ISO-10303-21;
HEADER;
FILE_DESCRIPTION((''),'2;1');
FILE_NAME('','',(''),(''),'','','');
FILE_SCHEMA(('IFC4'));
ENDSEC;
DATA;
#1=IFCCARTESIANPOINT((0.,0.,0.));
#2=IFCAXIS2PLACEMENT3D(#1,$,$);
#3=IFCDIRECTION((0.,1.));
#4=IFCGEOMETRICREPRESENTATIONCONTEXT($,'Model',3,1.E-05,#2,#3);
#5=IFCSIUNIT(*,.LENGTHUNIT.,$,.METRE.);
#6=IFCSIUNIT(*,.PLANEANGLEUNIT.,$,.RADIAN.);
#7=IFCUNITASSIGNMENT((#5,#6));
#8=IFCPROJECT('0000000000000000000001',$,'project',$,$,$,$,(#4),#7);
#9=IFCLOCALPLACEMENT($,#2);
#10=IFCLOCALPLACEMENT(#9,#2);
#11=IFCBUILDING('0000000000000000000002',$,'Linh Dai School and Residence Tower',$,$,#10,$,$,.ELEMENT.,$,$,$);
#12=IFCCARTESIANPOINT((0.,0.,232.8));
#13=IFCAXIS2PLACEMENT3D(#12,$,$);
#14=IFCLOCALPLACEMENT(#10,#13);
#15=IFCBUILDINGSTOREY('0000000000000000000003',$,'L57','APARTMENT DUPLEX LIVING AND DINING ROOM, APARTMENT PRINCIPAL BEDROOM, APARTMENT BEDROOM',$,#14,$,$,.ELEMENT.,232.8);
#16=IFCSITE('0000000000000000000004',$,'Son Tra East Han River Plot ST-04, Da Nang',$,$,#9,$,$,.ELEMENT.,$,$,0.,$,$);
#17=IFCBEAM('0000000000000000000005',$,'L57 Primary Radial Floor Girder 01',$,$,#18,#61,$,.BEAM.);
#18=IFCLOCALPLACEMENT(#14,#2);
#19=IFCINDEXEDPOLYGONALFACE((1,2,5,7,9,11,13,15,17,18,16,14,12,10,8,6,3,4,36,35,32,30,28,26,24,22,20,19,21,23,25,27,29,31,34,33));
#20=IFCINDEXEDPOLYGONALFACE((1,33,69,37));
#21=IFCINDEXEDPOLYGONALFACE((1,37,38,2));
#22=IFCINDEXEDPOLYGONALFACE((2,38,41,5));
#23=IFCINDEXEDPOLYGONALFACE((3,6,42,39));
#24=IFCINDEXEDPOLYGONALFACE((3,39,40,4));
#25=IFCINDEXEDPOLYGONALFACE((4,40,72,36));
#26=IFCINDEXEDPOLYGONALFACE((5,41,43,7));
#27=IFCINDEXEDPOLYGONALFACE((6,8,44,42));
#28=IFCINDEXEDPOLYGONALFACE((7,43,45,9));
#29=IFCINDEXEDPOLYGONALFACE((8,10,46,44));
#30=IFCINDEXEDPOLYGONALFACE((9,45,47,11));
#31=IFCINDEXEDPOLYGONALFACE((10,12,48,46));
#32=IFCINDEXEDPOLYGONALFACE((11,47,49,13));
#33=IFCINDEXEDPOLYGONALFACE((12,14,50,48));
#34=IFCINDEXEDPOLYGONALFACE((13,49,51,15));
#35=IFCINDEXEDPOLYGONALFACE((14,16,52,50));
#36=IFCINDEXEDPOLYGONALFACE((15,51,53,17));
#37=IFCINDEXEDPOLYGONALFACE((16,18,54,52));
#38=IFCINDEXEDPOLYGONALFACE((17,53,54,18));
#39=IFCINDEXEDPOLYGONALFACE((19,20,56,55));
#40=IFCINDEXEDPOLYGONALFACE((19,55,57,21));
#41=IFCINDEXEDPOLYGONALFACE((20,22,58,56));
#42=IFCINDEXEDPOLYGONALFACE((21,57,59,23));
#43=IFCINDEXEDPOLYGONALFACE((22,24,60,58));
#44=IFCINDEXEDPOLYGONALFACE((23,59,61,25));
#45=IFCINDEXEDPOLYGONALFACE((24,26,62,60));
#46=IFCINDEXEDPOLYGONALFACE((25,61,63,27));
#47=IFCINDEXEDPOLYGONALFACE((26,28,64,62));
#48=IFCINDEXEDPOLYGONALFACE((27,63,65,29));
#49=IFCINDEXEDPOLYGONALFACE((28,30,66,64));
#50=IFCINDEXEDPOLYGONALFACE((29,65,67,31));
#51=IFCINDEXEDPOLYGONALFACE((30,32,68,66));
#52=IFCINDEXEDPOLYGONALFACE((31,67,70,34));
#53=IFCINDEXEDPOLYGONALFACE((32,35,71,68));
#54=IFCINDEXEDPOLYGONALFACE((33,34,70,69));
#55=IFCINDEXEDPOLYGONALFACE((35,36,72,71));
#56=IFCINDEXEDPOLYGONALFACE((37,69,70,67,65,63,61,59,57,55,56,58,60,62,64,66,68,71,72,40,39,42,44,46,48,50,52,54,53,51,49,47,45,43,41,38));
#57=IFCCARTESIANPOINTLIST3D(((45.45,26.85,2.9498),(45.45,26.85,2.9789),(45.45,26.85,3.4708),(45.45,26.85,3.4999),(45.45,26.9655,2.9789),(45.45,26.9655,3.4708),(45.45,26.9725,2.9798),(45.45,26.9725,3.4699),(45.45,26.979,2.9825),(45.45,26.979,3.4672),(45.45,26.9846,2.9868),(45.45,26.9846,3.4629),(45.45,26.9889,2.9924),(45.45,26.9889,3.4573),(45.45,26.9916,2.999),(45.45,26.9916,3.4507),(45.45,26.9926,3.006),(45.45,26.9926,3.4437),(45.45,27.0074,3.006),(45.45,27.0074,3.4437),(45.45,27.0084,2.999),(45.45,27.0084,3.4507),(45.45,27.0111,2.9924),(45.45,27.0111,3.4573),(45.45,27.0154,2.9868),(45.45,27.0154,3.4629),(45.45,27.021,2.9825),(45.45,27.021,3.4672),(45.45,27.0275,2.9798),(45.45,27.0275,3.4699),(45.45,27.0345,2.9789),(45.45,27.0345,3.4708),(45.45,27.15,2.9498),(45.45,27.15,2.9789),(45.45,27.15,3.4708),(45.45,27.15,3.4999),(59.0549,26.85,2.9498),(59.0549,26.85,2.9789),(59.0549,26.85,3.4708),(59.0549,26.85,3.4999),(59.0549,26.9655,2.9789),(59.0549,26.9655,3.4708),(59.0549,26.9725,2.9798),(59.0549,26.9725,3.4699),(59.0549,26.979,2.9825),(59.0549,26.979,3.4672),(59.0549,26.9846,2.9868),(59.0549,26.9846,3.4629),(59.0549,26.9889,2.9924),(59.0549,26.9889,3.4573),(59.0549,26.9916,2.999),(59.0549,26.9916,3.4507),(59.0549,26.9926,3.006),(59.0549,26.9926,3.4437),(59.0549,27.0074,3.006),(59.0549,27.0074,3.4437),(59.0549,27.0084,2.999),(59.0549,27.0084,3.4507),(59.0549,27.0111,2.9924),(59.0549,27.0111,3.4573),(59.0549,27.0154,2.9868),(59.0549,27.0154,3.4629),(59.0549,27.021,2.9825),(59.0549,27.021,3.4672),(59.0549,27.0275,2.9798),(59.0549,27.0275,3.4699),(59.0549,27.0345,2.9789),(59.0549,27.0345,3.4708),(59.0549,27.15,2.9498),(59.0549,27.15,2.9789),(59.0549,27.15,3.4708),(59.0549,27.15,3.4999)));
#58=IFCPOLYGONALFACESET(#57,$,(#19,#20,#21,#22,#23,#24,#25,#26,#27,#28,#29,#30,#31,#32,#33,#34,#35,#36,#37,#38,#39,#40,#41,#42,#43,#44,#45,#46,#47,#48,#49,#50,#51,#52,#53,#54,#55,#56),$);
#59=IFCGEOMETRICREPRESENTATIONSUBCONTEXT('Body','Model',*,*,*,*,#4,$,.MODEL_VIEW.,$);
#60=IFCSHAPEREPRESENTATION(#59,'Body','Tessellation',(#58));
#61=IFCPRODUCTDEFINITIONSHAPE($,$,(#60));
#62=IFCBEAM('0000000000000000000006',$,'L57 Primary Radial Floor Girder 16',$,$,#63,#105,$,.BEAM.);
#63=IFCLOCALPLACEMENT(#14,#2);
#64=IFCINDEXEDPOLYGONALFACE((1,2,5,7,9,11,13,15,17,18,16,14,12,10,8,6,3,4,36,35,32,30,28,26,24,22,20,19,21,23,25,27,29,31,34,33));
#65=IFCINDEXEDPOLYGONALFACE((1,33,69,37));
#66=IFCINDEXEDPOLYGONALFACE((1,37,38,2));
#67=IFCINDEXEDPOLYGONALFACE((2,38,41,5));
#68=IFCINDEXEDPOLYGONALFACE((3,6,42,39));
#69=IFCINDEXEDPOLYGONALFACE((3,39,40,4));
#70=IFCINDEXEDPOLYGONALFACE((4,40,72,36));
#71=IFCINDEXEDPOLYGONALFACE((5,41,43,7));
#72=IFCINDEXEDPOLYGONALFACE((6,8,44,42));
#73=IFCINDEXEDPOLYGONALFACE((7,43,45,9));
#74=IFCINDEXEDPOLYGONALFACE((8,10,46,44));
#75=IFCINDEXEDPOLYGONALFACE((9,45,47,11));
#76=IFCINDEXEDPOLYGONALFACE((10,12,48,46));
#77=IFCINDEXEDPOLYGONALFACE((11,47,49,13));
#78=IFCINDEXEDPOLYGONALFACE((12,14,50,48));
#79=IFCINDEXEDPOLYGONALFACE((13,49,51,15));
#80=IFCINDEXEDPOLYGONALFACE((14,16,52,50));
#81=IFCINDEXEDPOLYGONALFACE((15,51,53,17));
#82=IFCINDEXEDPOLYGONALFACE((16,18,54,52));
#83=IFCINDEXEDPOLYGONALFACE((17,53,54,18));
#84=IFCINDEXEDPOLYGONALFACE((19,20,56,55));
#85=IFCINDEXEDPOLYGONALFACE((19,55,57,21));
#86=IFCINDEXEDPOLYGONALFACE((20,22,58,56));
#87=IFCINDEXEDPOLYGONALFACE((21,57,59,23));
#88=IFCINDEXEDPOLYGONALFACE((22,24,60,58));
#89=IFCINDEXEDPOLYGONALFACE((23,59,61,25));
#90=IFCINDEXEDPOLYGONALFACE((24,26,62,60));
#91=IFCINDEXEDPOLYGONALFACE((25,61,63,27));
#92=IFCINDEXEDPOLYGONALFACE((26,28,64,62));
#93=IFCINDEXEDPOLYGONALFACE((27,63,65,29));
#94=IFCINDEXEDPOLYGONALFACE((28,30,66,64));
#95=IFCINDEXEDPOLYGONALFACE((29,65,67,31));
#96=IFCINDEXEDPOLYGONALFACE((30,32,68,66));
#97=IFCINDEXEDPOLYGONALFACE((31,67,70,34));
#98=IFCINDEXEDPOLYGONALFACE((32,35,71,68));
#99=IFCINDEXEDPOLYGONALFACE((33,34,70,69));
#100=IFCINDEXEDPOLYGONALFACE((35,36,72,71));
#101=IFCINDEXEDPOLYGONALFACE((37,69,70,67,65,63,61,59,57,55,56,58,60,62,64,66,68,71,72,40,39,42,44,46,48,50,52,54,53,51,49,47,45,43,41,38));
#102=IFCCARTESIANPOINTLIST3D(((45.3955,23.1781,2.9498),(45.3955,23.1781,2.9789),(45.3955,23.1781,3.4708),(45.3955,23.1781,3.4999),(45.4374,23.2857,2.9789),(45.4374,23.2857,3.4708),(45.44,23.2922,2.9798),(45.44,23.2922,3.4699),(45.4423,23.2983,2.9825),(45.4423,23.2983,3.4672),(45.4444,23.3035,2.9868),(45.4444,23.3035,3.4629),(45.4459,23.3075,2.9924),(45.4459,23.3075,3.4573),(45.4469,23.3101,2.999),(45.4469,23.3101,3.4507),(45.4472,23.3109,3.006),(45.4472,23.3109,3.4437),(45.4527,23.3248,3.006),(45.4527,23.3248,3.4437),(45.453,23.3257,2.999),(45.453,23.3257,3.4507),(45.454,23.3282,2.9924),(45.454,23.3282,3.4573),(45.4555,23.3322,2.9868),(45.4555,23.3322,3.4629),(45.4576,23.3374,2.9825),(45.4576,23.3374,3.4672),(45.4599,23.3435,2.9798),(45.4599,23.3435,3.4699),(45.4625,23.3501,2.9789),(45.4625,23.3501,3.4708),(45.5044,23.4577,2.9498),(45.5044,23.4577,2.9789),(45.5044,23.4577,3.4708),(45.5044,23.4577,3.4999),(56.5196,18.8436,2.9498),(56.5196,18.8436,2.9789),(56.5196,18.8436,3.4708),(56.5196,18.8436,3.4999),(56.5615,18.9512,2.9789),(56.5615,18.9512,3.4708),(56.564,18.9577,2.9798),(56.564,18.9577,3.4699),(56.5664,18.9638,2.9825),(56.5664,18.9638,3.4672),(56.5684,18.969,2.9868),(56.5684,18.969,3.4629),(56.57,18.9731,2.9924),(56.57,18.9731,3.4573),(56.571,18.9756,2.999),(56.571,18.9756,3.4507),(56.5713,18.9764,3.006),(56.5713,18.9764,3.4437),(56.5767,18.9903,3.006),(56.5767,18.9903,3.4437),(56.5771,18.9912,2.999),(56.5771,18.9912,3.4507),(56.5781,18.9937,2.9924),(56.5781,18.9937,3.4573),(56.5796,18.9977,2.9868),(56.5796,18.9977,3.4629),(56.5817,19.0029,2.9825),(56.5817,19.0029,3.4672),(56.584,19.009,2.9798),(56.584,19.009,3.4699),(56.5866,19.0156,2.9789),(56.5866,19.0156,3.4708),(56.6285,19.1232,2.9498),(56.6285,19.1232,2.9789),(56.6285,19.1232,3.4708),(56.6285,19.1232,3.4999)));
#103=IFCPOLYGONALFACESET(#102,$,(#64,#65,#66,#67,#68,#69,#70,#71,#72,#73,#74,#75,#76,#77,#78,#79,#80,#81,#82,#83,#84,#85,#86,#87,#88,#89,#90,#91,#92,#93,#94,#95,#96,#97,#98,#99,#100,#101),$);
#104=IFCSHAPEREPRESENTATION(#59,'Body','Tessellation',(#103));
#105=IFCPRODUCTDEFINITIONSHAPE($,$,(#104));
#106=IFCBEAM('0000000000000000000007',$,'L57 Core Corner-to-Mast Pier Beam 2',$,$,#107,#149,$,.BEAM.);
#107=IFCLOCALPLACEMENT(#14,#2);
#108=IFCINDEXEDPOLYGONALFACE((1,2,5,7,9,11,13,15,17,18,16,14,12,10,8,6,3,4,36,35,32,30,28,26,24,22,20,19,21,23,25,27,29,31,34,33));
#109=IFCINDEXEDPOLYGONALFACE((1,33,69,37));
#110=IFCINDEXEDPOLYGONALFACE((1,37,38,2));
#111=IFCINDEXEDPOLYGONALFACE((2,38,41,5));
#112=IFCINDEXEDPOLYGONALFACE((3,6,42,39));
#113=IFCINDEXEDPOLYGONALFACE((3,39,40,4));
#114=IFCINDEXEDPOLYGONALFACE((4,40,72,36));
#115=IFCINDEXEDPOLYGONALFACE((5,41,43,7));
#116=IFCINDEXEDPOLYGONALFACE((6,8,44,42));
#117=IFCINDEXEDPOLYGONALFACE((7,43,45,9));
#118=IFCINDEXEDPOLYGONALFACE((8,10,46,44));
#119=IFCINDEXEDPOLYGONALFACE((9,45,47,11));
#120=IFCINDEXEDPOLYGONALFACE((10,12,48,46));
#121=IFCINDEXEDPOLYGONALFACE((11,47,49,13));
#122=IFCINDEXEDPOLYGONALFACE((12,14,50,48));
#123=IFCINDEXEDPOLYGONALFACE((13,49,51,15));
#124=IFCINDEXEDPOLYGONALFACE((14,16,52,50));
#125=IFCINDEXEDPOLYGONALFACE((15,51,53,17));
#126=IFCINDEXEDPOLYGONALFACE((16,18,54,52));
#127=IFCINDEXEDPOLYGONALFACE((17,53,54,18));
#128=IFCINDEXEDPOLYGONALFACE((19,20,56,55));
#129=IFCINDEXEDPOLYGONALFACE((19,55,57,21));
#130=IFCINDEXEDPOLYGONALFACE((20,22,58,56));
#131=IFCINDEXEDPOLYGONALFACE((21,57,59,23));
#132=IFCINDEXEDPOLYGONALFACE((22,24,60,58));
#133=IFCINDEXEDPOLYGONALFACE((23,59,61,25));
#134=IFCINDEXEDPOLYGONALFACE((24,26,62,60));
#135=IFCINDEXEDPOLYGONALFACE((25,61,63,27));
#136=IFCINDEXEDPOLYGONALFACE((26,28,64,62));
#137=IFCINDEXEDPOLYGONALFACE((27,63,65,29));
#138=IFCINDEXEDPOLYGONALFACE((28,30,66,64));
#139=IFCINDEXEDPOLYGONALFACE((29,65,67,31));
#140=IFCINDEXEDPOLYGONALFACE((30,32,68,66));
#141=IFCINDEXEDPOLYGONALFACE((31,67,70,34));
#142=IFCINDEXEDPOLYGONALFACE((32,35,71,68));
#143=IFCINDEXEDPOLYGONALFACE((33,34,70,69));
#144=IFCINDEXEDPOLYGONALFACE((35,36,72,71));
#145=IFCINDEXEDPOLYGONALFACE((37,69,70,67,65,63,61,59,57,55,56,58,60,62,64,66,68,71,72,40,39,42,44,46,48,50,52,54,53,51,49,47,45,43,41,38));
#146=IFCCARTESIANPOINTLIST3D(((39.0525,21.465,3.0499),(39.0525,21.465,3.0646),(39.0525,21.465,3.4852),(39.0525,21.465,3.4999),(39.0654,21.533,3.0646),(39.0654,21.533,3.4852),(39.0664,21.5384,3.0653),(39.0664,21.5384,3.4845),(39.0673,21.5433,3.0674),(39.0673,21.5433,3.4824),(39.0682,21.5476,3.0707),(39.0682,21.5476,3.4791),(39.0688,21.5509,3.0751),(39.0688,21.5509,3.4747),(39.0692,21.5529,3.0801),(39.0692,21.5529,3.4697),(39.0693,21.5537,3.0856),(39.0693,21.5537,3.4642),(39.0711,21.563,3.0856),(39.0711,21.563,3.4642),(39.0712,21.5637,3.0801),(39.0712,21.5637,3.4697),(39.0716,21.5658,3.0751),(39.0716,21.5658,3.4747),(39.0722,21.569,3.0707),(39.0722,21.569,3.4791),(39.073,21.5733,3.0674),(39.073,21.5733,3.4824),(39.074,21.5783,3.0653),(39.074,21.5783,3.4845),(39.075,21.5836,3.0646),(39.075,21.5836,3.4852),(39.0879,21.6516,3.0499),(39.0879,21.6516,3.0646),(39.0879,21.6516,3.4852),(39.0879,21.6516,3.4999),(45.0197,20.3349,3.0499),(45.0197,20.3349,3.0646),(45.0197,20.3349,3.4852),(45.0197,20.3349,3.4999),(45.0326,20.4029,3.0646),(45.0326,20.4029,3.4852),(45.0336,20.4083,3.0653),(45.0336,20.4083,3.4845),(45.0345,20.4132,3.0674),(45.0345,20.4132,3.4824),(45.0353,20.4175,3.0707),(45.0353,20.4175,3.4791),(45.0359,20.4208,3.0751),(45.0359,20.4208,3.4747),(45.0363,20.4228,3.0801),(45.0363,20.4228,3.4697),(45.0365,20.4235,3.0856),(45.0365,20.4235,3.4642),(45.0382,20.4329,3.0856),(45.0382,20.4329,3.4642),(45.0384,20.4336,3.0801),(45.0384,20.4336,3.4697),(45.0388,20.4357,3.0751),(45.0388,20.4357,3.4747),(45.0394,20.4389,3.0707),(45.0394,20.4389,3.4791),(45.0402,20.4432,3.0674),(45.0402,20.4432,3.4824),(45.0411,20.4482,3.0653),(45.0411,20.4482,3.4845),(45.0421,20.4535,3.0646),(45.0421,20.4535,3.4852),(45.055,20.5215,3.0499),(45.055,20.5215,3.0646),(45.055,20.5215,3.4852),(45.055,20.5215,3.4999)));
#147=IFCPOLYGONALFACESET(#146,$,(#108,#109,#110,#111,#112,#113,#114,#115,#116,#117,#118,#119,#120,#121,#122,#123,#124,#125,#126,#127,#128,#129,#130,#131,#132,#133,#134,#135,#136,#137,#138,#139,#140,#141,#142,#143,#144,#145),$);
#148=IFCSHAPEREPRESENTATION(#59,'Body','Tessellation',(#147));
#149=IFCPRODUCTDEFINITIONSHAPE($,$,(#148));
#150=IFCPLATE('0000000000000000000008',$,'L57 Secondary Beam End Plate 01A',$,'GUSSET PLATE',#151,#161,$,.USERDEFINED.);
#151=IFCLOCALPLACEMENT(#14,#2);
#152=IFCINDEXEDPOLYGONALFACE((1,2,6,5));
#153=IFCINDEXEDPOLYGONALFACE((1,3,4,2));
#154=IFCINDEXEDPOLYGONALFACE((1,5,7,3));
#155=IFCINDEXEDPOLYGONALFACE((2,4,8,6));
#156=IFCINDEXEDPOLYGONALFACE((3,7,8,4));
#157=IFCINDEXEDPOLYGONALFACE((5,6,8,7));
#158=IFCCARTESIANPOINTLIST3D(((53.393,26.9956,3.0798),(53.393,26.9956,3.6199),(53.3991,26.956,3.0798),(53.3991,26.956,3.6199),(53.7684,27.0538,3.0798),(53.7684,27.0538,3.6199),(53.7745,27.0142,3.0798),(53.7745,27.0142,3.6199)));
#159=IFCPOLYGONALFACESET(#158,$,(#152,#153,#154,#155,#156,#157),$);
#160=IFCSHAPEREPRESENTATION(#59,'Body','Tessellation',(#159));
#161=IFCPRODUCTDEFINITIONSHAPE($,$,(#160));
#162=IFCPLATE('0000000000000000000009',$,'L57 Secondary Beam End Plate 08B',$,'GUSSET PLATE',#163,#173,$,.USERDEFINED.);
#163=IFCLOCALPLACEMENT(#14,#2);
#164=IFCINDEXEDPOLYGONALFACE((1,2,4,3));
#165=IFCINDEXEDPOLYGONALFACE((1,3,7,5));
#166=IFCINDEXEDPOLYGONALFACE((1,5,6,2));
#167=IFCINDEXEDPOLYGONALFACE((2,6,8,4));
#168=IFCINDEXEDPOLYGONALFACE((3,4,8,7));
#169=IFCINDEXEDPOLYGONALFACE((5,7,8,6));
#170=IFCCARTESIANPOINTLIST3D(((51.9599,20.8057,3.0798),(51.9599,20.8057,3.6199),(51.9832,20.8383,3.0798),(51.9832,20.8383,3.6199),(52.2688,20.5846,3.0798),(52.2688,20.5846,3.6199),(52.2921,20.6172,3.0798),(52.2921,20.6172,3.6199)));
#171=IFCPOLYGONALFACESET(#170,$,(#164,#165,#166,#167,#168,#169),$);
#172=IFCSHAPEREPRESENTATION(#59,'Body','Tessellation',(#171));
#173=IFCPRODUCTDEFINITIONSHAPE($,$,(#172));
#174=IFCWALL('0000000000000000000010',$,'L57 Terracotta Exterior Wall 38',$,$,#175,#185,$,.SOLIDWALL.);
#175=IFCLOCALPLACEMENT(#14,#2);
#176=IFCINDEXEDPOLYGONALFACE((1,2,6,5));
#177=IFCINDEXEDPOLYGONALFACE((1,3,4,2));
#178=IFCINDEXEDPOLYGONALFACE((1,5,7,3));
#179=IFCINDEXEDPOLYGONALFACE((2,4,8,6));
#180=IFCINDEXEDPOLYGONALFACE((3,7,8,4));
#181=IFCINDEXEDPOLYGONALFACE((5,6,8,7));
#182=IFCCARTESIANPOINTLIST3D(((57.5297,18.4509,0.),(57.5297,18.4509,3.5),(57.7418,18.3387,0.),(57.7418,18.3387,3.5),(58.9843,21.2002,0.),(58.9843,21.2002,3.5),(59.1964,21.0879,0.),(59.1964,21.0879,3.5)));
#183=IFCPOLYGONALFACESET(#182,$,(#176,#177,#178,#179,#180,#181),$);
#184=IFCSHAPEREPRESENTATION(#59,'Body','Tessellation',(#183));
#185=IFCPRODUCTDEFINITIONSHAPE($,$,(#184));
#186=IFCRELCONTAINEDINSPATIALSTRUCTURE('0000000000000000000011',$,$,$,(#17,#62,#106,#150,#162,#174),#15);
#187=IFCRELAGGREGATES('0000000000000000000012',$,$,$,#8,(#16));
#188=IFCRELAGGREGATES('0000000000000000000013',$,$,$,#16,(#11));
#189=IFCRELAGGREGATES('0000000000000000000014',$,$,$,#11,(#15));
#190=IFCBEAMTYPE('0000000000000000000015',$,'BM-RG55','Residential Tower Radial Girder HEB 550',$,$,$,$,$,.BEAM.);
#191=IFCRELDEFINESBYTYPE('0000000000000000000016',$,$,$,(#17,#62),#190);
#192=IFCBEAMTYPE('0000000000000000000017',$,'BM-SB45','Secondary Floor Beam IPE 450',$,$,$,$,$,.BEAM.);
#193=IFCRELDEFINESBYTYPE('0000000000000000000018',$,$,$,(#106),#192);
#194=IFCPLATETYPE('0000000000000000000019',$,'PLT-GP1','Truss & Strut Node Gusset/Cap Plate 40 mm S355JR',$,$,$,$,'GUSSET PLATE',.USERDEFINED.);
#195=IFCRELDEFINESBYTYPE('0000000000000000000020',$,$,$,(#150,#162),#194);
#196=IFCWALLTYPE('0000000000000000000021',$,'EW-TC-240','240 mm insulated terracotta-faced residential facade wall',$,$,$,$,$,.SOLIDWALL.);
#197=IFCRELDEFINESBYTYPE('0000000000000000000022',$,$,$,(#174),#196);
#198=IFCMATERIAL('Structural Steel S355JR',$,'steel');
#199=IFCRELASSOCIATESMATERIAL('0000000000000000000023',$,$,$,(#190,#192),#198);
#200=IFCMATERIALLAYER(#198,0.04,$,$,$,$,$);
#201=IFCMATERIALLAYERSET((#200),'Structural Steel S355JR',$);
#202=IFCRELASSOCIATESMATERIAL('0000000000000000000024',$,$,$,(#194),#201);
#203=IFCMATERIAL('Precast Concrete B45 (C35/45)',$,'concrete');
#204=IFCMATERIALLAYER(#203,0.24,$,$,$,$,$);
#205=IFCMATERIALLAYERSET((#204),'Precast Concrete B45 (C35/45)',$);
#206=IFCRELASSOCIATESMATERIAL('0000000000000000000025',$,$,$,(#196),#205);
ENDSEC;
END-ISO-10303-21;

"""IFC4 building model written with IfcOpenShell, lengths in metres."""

from ifc_helpers import new_model, si_unit, direction, frame, frame_2d, origin, origin_2d, place, context, subcontext, project, spatial, rectangle, i_section, extrude, source, transform, mapped, material, layer, layer_set, material_profile, profile_set, type_object, element, save


model = new_model("IFC4")

# Units and contexts
model_context = context("Model", 3, precision=1e-05, world=origin(), true_north=direction((0.0, 1.0)))
body_context = subcontext(model_context, "Body", "Model", "MODEL_VIEW")
ifc_project = project(units=[si_unit("LENGTHUNIT", "METRE"), si_unit("PLANEANGLEUNIT", "RADIAN")], contexts=[model_context])

# Site, building, storey
site_placement = place(None, origin())
site = spatial("IfcSite", under=ifc_project, at=site_placement, Name="Son Tra East Han River Plot ST-04, Da Nang", CompositionType="ELEMENT", RefElevation=0.0)
building_placement = place(site_placement, origin())
building = spatial("IfcBuilding", under=site, at=building_placement, Name="Linh Dai School and Residence Tower", CompositionType="ELEMENT")
storey_placement = place(building_placement, frame((0.0, 0.0, 232.8)))
storey = spatial("IfcBuildingStorey", under=building, at=storey_placement, Name="L57", Description="APARTMENT DUPLEX LIVING AND DINING ROOM, APARTMENT PRINCIPAL BEDROOM, APARTMENT BEDROOM", CompositionType="ELEMENT", Elevation=232.8)

# Shared definitions
ifc_material_1 = material(Name="Structural Steel S355JR", Category="steel")

# Beams
ifc_material_profile_1 = material_profile(ifc_material_1, i_section(OverallWidth=0.3, OverallDepth=0.55, WebThickness=0.0149, FlangeThickness=0.0291, FilletRadius=0.0271, at=origin_2d()), Name="HEB 550")
ifc_profile_set_1 = profile_set([ifc_material_profile_1], Name="Structural Steel S355JR")
beam_type_1 = type_object("IfcBeamType", Name="BM-RG55", Description="Residential Tower Radial Girder HEB 550", PredefinedType="BEAM", material=ifc_profile_set_1)
beam_1_placement = place(storey_placement, frame((45.45, 27.0, 3.2249), z_axis=(1.0, 0.0, 0.0), x_axis=(0.0, 1.0, 0.0)))
element("IfcBeam", 1, at=beam_1_placement, inside=storey, type_object=beam_type_1, Name="L57 Primary Radial Floor Girder 01", PredefinedType="BEAM", context=body_context, shape_type="SweptSolid", body=[
    extrude(i_section(OverallWidth=0.3, OverallDepth=0.55, WebThickness=0.0149, FlangeThickness=0.0291, FilletRadius=0.0271, at=origin_2d()), origin(), (0.0, 0.0, 1.0), 13.605),
])
beam_2_placement = place(storey_placement, frame((45.45, 23.3179, 3.2249), z_axis=(0.931765, -0.363062, 0.0), x_axis=(0.363062, 0.931765, 0.0)))
element("IfcBeam", 2, at=beam_2_placement, inside=storey, type_object=beam_type_1, Name="L57 Primary Radial Floor Girder 16", PredefinedType="BEAM", context=body_context, shape_type="SweptSolid", body=[
    extrude(i_section(OverallWidth=0.3, OverallDepth=0.55, WebThickness=0.0149, FlangeThickness=0.0291, FilletRadius=0.0271, at=origin_2d()), origin(), (0.0, 0.0, 1.0), 11.9387),
])
ifc_material_profile_2 = material_profile(ifc_material_1, i_section(OverallWidth=0.1899, OverallDepth=0.45, WebThickness=0.0095, FlangeThickness=0.0146, FilletRadius=0.021, at=origin_2d()), Name="IPE 450")
ifc_profile_set_2 = profile_set([ifc_material_profile_2], Name="Structural Steel S355JR")
beam_type_2 = type_object("IfcBeamType", Name="BM-SB45", Description="Secondary Floor Beam IPE 450", PredefinedType="BEAM", material=ifc_profile_set_2)
beam_3_placement = place(storey_placement, frame((45.0374, 20.4282, 3.2749), z_axis=(-0.982535, 0.186079, 0.0), x_axis=(-0.186079, -0.982535, 0.0)))
element("IfcBeam", 3, at=beam_3_placement, inside=storey, type_object=beam_type_2, Name="L57 Core Corner-to-Mast Pier Beam 2", PredefinedType="BEAM", context=body_context, shape_type="SweptSolid", body=[
    extrude(i_section(OverallWidth=0.1899, OverallDepth=0.45, WebThickness=0.0095, FlangeThickness=0.0146, FilletRadius=0.021, at=origin_2d()), origin(), (0.0, 0.0, 1.0), 6.0732),
])

# Plates
ifc_layer_1 = layer(ifc_material_1, 0.04)
ifc_layer_set_1 = layer_set([ifc_layer_1], Name="Structural Steel S355JR")
plate_type = type_object("IfcPlateType", Name="PLT-GP1", Description="Truss & Strut Node Gusset/Cap Plate 40 mm S355JR", ElementType="GUSSET PLATE", PredefinedType="USERDEFINED", material=ifc_layer_set_1)
shared_shape_1 = source(origin(), body_context, "Body", "SweptSolid", [
    extrude(rectangle(XDim=0.04, YDim=0.3799, at=origin_2d()), origin(), (0.0, 0.0, 1.0), 0.54),
])
for number, where, z_axis, x_axis, name in (
    (4, (53.5837, 27.0049, 3.0798), (0.0, 0.0, 1.0), (-0.153186, 0.988197, 0.0), "L57 Secondary Beam End Plate 01A"),
    (5, (52.126, 20.7114, 3.0798), (0.0, 0.0, 1.0), (0.58204, 0.81316, 0.0), "L57 Secondary Beam End Plate 08B"),
):
    element("IfcPlate", number, at=place(storey_placement, frame(where, z_axis=z_axis, x_axis=x_axis)), inside=storey, type_object=plate_type, Name=name, ObjectType="GUSSET PLATE", PredefinedType="USERDEFINED", context=body_context, shape_type="MappedRepresentation", body=[
        mapped(shared_shape_1, transform((0.0, 0.0, 0.0), x_axis=(1.0, 0.0, 0.0), y_axis=(0.0, 1.0, 0.0), z_axis=(0.0, 0.0, 1.0), scale=1.0)),
    ])

# Wall
ifc_material_2 = material(Name="Precast Concrete B45 (C35/45)", Category="concrete")
ifc_layer_2 = layer(ifc_material_2, 0.24)
ifc_layer_set_2 = layer_set([ifc_layer_2], Name="Precast Concrete B45 (C35/45)")
wall_type_1 = type_object("IfcWallType", Name="EW-TC-240", Description="240 mm insulated terracotta-faced residential facade wall", PredefinedType="SOLIDWALL", material=ifc_layer_set_2)
wall_1_placement = place(storey_placement, frame((59.0903, 21.144, 0.0), z_axis=(0.0, 0.0, 1.0), x_axis=(-0.46766, -0.883908, 0.0)))
element("IfcWall", 6, at=wall_1_placement, inside=storey, type_object=wall_type_1, Name="L57 Terracotta Exterior Wall 38", PredefinedType="SOLIDWALL", context=body_context, shape_type="SweptSolid", body=[
    extrude(rectangle(XDim=3.1104, YDim=0.24, at=frame_2d((1.5552, 0.0))), origin(), (0.0, 0.0, 1.0), 3.5),
])

save(model, "model.ifc")
